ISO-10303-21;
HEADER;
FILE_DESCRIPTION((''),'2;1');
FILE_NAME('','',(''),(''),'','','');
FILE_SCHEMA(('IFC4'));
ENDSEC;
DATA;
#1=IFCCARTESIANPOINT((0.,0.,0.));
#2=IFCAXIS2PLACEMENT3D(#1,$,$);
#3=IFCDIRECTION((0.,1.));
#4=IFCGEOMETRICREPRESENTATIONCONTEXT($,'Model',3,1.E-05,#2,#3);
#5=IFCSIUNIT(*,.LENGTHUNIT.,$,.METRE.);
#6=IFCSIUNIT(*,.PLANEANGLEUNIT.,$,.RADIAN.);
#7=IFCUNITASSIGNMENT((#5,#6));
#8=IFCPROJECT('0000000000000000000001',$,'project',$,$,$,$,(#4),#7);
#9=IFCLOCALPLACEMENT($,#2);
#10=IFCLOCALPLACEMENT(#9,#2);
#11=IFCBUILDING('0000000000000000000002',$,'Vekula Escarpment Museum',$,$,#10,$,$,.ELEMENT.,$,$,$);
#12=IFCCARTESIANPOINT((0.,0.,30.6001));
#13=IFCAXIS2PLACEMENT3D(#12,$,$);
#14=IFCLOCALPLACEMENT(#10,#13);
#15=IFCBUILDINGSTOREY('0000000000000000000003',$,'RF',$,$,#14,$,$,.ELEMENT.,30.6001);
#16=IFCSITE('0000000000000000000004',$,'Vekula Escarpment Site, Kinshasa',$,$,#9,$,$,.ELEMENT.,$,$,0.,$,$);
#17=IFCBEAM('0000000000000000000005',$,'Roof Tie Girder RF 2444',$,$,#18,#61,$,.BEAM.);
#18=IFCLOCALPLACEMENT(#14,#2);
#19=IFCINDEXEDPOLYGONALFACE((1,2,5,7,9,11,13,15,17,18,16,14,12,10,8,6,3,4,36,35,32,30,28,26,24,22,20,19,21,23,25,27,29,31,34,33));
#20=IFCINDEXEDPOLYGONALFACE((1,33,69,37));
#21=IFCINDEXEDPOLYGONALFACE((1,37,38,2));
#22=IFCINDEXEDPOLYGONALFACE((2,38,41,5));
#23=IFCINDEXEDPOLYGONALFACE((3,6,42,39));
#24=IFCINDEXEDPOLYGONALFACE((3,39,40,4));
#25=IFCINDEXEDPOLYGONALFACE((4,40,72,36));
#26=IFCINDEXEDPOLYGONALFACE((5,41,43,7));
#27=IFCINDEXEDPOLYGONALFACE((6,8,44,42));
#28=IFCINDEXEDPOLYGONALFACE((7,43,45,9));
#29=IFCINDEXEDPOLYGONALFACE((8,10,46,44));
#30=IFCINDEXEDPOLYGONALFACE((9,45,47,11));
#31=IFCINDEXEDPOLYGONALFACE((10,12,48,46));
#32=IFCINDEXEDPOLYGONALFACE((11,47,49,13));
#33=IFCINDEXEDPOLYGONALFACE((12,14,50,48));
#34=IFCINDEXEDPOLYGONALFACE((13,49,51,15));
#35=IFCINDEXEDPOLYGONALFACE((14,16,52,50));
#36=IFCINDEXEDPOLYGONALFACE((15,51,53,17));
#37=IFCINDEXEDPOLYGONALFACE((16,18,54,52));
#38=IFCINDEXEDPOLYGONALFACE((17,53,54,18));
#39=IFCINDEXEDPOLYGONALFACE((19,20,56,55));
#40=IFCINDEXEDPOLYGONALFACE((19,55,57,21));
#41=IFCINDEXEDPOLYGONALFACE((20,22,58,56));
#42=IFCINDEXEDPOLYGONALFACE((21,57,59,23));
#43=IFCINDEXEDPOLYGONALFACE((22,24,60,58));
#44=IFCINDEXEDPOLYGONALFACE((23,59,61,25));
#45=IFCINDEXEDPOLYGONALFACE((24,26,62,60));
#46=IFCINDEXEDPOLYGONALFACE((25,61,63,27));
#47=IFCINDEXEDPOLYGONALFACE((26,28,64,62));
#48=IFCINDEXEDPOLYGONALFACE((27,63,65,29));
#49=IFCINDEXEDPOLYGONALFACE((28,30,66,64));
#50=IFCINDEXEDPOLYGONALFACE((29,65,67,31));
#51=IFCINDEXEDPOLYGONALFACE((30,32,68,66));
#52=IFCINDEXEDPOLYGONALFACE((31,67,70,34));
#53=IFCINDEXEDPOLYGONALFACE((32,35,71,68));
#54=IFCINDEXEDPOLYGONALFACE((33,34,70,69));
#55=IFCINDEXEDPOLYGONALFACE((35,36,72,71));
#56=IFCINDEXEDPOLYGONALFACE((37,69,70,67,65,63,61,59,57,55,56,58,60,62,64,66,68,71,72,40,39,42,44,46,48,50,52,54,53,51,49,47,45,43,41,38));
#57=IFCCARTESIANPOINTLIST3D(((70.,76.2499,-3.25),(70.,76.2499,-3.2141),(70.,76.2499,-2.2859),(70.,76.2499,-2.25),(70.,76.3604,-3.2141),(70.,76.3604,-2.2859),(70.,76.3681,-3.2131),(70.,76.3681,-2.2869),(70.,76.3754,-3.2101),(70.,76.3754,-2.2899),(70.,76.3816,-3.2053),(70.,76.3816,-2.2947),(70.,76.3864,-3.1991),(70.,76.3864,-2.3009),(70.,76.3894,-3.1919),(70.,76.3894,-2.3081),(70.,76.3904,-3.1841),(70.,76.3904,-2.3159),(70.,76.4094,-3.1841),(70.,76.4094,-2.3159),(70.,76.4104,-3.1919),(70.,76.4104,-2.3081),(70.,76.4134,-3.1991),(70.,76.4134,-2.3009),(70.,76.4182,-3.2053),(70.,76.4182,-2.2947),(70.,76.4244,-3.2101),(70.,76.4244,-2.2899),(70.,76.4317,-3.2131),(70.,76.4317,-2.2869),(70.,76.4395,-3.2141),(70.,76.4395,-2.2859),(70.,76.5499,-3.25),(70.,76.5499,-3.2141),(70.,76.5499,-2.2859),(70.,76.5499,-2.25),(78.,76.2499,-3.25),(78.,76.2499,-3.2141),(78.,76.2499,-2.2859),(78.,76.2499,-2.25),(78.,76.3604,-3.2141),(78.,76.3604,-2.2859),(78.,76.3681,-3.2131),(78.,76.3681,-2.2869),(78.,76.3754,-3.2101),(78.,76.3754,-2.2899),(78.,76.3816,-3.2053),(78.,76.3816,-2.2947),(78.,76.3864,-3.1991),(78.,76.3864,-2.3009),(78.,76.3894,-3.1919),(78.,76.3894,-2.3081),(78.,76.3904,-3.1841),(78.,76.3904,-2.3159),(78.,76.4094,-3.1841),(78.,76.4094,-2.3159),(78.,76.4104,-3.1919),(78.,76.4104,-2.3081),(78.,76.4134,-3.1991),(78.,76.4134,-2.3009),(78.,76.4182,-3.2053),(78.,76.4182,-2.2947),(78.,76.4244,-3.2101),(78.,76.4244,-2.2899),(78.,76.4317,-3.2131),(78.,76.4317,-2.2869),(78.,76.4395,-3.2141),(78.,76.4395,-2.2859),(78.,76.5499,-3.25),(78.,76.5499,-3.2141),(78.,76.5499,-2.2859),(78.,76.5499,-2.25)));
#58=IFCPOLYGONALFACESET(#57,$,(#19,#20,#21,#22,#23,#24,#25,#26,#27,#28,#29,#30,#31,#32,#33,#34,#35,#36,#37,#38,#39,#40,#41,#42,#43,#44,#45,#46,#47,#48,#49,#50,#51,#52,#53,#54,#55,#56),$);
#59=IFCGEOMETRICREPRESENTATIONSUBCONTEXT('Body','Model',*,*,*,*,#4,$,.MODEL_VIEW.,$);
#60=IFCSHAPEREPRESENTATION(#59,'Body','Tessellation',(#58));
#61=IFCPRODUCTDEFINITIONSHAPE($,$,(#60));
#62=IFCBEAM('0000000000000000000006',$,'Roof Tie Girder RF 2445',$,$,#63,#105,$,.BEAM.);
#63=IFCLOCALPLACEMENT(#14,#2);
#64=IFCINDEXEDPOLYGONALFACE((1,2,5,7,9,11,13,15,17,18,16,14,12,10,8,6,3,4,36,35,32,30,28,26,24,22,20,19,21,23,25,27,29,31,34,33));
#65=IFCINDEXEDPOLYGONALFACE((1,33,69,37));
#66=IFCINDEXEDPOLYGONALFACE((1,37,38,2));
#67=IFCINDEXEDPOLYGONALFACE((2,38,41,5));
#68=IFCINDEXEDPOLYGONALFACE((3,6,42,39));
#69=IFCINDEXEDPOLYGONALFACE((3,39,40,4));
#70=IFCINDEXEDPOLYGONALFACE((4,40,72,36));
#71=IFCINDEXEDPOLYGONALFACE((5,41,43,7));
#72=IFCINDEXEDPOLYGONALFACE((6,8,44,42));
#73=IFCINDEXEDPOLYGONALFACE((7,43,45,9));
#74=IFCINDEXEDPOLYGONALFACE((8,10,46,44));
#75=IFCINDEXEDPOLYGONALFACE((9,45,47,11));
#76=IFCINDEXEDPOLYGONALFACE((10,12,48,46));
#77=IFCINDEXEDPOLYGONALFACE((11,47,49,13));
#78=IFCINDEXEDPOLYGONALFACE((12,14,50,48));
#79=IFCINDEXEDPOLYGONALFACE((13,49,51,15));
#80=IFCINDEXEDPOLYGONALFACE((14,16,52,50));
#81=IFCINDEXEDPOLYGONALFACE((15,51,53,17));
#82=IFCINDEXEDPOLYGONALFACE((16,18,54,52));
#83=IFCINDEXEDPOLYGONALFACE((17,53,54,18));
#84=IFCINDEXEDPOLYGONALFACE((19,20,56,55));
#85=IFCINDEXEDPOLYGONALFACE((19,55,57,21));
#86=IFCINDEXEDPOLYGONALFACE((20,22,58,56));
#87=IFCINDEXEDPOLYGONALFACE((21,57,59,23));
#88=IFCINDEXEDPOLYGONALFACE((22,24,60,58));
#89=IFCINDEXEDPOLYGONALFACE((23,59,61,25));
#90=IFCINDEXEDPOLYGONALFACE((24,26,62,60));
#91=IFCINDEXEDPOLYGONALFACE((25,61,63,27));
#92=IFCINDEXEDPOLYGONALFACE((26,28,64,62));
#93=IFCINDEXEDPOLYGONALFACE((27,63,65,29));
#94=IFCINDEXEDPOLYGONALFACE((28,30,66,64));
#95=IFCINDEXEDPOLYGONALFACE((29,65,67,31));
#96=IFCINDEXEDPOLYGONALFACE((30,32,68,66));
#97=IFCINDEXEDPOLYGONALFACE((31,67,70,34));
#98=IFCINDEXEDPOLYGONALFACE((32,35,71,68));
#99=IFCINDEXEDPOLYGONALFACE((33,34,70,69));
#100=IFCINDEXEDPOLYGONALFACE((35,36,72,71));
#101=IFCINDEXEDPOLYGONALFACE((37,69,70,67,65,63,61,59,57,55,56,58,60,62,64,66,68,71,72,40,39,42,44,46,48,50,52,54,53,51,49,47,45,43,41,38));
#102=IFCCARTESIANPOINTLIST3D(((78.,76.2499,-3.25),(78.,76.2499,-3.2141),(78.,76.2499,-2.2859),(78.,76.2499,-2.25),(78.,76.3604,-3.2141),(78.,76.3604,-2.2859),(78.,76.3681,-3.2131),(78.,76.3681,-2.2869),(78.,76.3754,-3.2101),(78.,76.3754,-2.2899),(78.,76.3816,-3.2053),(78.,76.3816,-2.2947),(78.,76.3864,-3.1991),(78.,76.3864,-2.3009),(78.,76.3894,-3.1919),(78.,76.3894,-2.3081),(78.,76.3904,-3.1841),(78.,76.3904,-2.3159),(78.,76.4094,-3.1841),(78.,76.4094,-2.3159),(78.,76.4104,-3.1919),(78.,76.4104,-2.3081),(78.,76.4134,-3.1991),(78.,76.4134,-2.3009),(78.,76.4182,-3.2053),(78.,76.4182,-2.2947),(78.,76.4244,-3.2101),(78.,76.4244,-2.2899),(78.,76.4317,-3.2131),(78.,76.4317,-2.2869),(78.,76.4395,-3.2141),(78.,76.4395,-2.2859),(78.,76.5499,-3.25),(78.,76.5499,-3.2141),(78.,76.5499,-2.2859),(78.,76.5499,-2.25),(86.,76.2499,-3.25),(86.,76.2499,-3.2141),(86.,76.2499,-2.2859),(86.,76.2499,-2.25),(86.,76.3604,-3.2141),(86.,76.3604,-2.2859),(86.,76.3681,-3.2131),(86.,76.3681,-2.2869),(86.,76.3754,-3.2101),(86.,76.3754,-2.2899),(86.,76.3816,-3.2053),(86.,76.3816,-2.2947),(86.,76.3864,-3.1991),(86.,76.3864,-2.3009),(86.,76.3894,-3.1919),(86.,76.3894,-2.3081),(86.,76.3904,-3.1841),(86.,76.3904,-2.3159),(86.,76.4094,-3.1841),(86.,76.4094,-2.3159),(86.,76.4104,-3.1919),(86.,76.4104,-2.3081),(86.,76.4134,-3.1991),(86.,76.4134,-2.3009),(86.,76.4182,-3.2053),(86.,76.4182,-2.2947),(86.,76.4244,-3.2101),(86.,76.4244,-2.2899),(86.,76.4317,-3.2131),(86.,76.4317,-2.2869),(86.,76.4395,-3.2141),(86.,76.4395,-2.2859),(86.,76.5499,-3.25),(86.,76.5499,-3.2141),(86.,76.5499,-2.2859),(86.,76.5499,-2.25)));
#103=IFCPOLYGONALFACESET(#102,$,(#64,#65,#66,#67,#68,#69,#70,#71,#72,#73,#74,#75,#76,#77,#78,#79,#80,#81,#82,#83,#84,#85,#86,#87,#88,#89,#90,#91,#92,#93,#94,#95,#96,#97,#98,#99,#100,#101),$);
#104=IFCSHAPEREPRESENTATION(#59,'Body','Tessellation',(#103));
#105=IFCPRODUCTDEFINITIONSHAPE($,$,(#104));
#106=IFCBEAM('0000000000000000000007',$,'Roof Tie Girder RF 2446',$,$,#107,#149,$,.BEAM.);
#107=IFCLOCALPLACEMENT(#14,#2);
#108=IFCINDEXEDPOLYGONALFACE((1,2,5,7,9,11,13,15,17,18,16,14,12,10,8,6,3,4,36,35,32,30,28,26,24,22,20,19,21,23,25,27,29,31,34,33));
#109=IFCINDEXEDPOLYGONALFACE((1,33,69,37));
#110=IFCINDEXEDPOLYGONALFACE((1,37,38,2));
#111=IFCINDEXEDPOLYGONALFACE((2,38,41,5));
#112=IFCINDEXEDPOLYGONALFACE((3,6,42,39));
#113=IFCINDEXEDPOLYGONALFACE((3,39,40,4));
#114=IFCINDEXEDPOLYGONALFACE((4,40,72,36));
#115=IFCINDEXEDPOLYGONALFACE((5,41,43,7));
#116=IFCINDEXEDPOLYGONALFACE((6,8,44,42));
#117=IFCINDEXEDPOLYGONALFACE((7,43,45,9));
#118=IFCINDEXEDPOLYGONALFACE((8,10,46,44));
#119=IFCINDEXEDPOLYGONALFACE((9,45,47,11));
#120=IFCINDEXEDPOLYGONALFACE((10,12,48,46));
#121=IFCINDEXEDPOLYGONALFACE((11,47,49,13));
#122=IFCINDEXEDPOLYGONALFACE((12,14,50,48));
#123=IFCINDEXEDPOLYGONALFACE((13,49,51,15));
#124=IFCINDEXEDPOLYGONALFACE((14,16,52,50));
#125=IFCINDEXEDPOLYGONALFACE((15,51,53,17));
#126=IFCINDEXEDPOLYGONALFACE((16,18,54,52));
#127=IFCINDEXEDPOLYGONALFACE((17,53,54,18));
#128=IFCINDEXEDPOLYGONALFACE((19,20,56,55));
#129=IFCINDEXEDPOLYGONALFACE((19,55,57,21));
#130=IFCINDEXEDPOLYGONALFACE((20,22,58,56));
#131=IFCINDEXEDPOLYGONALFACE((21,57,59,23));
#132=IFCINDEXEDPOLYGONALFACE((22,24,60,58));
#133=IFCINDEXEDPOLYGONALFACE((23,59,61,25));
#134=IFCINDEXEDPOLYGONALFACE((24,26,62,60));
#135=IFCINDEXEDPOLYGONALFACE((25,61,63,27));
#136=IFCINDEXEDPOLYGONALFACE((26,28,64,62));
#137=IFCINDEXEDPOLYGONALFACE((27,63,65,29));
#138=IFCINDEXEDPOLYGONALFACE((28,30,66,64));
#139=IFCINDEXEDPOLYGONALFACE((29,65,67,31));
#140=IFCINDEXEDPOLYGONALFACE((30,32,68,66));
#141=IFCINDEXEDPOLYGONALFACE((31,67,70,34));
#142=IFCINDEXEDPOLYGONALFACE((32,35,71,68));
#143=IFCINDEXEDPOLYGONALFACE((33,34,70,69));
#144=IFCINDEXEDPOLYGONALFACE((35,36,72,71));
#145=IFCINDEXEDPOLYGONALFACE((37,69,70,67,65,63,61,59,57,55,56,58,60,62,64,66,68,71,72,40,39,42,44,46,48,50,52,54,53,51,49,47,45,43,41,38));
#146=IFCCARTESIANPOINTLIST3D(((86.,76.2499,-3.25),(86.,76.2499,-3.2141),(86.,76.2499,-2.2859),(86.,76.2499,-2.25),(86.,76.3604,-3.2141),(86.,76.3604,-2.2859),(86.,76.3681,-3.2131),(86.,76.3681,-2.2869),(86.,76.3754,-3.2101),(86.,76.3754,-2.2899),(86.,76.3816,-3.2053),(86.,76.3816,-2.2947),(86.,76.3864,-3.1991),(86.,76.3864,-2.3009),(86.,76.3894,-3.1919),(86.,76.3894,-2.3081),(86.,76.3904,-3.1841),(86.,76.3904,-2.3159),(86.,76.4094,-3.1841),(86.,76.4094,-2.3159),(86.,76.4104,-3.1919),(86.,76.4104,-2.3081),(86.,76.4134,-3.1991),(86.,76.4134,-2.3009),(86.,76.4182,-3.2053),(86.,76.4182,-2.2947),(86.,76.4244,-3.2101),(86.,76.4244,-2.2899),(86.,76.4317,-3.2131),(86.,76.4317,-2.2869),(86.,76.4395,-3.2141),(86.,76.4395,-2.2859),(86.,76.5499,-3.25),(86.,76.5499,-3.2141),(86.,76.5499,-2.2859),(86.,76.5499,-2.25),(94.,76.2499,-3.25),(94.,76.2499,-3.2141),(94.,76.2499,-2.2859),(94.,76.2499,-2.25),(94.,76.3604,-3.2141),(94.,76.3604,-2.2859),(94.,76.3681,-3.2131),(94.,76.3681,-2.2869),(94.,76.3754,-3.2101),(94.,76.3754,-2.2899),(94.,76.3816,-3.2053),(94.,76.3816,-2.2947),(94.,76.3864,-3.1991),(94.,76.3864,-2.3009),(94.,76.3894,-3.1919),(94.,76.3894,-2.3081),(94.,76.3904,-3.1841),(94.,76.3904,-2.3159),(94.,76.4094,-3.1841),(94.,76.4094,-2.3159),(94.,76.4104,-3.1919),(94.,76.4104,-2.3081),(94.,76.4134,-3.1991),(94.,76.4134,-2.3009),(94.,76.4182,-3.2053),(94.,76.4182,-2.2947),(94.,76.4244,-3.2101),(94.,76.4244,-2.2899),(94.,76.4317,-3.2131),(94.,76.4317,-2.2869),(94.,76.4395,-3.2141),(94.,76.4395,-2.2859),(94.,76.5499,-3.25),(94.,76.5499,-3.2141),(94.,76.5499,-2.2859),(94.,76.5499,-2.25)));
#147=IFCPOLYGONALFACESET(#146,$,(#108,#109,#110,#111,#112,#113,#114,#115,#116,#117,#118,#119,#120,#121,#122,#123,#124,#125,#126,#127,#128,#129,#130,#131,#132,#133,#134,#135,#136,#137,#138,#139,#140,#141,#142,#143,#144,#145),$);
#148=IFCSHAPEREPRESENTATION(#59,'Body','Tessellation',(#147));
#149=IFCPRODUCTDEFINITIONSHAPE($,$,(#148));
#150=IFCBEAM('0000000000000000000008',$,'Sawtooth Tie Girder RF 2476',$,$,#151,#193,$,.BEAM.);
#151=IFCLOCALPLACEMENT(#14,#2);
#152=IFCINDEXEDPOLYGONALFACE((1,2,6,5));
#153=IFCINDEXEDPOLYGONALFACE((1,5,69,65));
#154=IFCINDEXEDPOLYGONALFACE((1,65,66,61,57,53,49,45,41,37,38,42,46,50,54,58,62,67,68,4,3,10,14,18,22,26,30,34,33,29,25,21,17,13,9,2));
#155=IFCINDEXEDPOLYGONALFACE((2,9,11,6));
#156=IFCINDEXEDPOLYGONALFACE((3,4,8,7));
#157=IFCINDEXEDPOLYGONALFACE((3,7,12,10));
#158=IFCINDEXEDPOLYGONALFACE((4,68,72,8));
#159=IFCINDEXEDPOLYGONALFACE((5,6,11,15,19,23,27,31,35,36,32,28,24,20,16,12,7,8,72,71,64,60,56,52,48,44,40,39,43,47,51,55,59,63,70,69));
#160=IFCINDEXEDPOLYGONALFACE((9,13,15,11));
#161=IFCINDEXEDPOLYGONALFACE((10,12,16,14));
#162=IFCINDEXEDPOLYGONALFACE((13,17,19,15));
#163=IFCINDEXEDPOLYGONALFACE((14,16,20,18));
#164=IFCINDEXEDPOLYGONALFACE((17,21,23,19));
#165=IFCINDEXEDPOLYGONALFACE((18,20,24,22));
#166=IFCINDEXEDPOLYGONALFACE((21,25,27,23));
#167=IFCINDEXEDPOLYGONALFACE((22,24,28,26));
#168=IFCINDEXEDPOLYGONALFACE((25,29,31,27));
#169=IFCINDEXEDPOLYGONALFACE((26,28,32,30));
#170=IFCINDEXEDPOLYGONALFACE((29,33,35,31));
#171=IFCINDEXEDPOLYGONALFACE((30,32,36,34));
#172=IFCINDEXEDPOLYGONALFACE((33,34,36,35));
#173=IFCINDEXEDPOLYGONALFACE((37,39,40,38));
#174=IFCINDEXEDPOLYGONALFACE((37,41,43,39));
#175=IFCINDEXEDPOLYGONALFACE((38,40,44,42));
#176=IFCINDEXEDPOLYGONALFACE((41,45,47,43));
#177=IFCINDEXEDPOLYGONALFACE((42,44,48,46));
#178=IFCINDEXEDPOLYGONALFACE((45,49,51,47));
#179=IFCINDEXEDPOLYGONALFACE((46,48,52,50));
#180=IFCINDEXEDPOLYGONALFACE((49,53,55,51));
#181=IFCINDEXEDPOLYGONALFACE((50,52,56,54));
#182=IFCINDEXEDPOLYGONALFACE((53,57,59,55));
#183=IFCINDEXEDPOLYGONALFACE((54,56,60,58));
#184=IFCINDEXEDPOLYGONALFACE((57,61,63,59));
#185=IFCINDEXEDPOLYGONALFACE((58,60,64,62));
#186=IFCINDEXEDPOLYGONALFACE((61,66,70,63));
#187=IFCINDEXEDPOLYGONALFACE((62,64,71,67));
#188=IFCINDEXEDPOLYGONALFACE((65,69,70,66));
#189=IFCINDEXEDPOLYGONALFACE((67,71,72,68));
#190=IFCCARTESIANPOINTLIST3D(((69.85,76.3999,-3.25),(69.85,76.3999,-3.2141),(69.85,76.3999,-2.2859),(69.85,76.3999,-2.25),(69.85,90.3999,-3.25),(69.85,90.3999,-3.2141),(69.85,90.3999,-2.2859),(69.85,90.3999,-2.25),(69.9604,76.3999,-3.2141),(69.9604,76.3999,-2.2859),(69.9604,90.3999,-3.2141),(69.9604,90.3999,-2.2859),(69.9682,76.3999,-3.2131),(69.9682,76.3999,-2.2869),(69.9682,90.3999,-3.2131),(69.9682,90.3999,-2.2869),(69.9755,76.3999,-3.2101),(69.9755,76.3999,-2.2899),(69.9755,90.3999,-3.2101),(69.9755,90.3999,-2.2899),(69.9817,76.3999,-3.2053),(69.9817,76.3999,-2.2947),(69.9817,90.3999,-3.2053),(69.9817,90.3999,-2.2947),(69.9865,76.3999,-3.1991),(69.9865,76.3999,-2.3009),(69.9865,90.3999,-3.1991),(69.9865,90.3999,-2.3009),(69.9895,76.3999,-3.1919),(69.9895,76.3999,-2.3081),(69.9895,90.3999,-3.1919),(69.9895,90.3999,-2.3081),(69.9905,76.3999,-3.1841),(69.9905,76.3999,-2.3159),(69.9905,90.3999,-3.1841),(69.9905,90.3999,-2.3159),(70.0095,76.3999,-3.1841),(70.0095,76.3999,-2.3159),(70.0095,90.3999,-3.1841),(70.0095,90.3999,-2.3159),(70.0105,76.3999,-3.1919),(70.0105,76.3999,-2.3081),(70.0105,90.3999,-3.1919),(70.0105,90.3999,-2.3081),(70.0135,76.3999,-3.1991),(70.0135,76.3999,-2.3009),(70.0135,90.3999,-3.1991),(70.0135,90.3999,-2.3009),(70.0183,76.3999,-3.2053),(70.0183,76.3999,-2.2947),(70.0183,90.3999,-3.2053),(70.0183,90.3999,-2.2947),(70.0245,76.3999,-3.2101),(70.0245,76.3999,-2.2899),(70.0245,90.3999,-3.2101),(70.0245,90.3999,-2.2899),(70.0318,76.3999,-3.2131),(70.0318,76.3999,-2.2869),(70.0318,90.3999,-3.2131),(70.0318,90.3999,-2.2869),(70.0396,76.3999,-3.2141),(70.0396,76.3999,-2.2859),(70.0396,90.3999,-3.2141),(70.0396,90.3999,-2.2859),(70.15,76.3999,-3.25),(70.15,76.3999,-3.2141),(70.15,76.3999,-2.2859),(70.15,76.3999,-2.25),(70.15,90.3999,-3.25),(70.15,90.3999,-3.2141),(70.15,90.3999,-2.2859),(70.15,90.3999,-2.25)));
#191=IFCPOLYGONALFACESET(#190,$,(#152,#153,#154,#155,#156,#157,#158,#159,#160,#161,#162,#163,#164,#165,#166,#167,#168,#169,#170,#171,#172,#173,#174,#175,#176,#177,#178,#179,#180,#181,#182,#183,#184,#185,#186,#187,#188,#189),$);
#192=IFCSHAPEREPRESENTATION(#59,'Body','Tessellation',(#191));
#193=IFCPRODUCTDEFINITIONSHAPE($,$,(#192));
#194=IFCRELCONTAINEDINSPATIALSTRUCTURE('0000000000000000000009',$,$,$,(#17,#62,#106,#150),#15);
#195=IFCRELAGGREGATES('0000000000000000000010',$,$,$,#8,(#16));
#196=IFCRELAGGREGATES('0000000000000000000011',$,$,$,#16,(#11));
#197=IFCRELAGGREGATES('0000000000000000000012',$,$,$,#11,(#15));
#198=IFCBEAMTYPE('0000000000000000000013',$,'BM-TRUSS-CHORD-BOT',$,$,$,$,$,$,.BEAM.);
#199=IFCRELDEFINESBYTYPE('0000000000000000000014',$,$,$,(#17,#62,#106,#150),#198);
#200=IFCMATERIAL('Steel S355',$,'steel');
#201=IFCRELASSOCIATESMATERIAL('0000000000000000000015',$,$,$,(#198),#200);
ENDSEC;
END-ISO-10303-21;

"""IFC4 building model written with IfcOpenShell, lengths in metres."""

from ifc_helpers import new_model, si_unit, direction, frame, origin, origin_2d, place, context, subcontext, project, spatial, i_section, extrude, material, material_profile, profile_set, type_object, element, save


model = new_model("IFC4")

# Units and contexts
model_context = context("Model", 3, precision=1e-05, world=origin(), true_north=direction((0.0, 1.0)))
body_context = subcontext(model_context, "Body", "Model", "MODEL_VIEW")
ifc_project = project(units=[si_unit("LENGTHUNIT", "METRE"), si_unit("PLANEANGLEUNIT", "RADIAN")], contexts=[model_context])

# Site, building, storey
site_placement = place(None, origin())
site = spatial("IfcSite", under=ifc_project, at=site_placement, Name="Vekula Escarpment Site, Kinshasa", CompositionType="ELEMENT", RefElevation=0.0)
building_placement = place(site_placement, origin())
building = spatial("IfcBuilding", under=site, at=building_placement, Name="Vekula Escarpment Museum", CompositionType="ELEMENT")
storey_placement = place(building_placement, frame((0.0, 0.0, 30.6001)))
storey = spatial("IfcBuildingStorey", under=building, at=storey_placement, Name="RF", CompositionType="ELEMENT", Elevation=30.6001)

# Beams
ifc_material_1 = material(Name="Steel S355", Category="steel")
ifc_material_profile_1 = material_profile(ifc_material_1, i_section(OverallWidth=0.3, OverallDepth=1.0, WebThickness=0.019, FlangeThickness=0.0359, FilletRadius=0.03, at=origin_2d()), Name="HEB 1000")
ifc_profile_set_1 = profile_set([ifc_material_profile_1], Name="Steel S355")
beam_type_1 = type_object("IfcBeamType", Name="BM-TRUSS-CHORD-BOT", PredefinedType="BEAM", material=ifc_profile_set_1)
for number, where, z_axis, x_axis, name in (
    (1, (70.0, 76.3999, -2.75), (1.0, 0.0, 0.0), (0.0, 1.0, 0.0), "Roof Tie Girder RF 2444"),
    (2, (78.0, 76.3999, -2.75), (1.0, 0.0, 0.0), (0.0, 1.0, 0.0), "Roof Tie Girder RF 2445"),
    (3, (86.0, 76.3999, -2.75), (1.0, 0.0, 0.0), (0.0, 1.0, 0.0), "Roof Tie Girder RF 2446"),
):
    element("IfcBeam", number, at=place(storey_placement, frame(where, z_axis=z_axis, x_axis=x_axis)), inside=storey, type_object=beam_type_1, Name=name, PredefinedType="BEAM", context=body_context, shape_type="SweptSolid", body=[
        extrude(i_section(OverallWidth=0.3, OverallDepth=1.0, WebThickness=0.019, FlangeThickness=0.0359, FilletRadius=0.03, at=origin_2d()), origin(), (0.0, 0.0, 1.0), 8.0),
    ])
for number, where, z_axis, x_axis, name in (
    (4, (70.0, 76.3999, -2.75), (0.0, 1.0, 0.0), (-1.0, 0.0, 0.0), "Sawtooth Tie Girder RF 2476"),
):
    element("IfcBeam", number, at=place(storey_placement, frame(where, z_axis=z_axis, x_axis=x_axis)), inside=storey, type_object=beam_type_1, Name=name, PredefinedType="BEAM", context=body_context, shape_type="SweptSolid", body=[
        extrude(i_section(OverallWidth=0.3, OverallDepth=1.0, WebThickness=0.019, FlangeThickness=0.0359, FilletRadius=0.03, at=origin_2d()), origin(), (0.0, 0.0, 1.0), 14.0),
    ])

save(model, "model.ifc")
